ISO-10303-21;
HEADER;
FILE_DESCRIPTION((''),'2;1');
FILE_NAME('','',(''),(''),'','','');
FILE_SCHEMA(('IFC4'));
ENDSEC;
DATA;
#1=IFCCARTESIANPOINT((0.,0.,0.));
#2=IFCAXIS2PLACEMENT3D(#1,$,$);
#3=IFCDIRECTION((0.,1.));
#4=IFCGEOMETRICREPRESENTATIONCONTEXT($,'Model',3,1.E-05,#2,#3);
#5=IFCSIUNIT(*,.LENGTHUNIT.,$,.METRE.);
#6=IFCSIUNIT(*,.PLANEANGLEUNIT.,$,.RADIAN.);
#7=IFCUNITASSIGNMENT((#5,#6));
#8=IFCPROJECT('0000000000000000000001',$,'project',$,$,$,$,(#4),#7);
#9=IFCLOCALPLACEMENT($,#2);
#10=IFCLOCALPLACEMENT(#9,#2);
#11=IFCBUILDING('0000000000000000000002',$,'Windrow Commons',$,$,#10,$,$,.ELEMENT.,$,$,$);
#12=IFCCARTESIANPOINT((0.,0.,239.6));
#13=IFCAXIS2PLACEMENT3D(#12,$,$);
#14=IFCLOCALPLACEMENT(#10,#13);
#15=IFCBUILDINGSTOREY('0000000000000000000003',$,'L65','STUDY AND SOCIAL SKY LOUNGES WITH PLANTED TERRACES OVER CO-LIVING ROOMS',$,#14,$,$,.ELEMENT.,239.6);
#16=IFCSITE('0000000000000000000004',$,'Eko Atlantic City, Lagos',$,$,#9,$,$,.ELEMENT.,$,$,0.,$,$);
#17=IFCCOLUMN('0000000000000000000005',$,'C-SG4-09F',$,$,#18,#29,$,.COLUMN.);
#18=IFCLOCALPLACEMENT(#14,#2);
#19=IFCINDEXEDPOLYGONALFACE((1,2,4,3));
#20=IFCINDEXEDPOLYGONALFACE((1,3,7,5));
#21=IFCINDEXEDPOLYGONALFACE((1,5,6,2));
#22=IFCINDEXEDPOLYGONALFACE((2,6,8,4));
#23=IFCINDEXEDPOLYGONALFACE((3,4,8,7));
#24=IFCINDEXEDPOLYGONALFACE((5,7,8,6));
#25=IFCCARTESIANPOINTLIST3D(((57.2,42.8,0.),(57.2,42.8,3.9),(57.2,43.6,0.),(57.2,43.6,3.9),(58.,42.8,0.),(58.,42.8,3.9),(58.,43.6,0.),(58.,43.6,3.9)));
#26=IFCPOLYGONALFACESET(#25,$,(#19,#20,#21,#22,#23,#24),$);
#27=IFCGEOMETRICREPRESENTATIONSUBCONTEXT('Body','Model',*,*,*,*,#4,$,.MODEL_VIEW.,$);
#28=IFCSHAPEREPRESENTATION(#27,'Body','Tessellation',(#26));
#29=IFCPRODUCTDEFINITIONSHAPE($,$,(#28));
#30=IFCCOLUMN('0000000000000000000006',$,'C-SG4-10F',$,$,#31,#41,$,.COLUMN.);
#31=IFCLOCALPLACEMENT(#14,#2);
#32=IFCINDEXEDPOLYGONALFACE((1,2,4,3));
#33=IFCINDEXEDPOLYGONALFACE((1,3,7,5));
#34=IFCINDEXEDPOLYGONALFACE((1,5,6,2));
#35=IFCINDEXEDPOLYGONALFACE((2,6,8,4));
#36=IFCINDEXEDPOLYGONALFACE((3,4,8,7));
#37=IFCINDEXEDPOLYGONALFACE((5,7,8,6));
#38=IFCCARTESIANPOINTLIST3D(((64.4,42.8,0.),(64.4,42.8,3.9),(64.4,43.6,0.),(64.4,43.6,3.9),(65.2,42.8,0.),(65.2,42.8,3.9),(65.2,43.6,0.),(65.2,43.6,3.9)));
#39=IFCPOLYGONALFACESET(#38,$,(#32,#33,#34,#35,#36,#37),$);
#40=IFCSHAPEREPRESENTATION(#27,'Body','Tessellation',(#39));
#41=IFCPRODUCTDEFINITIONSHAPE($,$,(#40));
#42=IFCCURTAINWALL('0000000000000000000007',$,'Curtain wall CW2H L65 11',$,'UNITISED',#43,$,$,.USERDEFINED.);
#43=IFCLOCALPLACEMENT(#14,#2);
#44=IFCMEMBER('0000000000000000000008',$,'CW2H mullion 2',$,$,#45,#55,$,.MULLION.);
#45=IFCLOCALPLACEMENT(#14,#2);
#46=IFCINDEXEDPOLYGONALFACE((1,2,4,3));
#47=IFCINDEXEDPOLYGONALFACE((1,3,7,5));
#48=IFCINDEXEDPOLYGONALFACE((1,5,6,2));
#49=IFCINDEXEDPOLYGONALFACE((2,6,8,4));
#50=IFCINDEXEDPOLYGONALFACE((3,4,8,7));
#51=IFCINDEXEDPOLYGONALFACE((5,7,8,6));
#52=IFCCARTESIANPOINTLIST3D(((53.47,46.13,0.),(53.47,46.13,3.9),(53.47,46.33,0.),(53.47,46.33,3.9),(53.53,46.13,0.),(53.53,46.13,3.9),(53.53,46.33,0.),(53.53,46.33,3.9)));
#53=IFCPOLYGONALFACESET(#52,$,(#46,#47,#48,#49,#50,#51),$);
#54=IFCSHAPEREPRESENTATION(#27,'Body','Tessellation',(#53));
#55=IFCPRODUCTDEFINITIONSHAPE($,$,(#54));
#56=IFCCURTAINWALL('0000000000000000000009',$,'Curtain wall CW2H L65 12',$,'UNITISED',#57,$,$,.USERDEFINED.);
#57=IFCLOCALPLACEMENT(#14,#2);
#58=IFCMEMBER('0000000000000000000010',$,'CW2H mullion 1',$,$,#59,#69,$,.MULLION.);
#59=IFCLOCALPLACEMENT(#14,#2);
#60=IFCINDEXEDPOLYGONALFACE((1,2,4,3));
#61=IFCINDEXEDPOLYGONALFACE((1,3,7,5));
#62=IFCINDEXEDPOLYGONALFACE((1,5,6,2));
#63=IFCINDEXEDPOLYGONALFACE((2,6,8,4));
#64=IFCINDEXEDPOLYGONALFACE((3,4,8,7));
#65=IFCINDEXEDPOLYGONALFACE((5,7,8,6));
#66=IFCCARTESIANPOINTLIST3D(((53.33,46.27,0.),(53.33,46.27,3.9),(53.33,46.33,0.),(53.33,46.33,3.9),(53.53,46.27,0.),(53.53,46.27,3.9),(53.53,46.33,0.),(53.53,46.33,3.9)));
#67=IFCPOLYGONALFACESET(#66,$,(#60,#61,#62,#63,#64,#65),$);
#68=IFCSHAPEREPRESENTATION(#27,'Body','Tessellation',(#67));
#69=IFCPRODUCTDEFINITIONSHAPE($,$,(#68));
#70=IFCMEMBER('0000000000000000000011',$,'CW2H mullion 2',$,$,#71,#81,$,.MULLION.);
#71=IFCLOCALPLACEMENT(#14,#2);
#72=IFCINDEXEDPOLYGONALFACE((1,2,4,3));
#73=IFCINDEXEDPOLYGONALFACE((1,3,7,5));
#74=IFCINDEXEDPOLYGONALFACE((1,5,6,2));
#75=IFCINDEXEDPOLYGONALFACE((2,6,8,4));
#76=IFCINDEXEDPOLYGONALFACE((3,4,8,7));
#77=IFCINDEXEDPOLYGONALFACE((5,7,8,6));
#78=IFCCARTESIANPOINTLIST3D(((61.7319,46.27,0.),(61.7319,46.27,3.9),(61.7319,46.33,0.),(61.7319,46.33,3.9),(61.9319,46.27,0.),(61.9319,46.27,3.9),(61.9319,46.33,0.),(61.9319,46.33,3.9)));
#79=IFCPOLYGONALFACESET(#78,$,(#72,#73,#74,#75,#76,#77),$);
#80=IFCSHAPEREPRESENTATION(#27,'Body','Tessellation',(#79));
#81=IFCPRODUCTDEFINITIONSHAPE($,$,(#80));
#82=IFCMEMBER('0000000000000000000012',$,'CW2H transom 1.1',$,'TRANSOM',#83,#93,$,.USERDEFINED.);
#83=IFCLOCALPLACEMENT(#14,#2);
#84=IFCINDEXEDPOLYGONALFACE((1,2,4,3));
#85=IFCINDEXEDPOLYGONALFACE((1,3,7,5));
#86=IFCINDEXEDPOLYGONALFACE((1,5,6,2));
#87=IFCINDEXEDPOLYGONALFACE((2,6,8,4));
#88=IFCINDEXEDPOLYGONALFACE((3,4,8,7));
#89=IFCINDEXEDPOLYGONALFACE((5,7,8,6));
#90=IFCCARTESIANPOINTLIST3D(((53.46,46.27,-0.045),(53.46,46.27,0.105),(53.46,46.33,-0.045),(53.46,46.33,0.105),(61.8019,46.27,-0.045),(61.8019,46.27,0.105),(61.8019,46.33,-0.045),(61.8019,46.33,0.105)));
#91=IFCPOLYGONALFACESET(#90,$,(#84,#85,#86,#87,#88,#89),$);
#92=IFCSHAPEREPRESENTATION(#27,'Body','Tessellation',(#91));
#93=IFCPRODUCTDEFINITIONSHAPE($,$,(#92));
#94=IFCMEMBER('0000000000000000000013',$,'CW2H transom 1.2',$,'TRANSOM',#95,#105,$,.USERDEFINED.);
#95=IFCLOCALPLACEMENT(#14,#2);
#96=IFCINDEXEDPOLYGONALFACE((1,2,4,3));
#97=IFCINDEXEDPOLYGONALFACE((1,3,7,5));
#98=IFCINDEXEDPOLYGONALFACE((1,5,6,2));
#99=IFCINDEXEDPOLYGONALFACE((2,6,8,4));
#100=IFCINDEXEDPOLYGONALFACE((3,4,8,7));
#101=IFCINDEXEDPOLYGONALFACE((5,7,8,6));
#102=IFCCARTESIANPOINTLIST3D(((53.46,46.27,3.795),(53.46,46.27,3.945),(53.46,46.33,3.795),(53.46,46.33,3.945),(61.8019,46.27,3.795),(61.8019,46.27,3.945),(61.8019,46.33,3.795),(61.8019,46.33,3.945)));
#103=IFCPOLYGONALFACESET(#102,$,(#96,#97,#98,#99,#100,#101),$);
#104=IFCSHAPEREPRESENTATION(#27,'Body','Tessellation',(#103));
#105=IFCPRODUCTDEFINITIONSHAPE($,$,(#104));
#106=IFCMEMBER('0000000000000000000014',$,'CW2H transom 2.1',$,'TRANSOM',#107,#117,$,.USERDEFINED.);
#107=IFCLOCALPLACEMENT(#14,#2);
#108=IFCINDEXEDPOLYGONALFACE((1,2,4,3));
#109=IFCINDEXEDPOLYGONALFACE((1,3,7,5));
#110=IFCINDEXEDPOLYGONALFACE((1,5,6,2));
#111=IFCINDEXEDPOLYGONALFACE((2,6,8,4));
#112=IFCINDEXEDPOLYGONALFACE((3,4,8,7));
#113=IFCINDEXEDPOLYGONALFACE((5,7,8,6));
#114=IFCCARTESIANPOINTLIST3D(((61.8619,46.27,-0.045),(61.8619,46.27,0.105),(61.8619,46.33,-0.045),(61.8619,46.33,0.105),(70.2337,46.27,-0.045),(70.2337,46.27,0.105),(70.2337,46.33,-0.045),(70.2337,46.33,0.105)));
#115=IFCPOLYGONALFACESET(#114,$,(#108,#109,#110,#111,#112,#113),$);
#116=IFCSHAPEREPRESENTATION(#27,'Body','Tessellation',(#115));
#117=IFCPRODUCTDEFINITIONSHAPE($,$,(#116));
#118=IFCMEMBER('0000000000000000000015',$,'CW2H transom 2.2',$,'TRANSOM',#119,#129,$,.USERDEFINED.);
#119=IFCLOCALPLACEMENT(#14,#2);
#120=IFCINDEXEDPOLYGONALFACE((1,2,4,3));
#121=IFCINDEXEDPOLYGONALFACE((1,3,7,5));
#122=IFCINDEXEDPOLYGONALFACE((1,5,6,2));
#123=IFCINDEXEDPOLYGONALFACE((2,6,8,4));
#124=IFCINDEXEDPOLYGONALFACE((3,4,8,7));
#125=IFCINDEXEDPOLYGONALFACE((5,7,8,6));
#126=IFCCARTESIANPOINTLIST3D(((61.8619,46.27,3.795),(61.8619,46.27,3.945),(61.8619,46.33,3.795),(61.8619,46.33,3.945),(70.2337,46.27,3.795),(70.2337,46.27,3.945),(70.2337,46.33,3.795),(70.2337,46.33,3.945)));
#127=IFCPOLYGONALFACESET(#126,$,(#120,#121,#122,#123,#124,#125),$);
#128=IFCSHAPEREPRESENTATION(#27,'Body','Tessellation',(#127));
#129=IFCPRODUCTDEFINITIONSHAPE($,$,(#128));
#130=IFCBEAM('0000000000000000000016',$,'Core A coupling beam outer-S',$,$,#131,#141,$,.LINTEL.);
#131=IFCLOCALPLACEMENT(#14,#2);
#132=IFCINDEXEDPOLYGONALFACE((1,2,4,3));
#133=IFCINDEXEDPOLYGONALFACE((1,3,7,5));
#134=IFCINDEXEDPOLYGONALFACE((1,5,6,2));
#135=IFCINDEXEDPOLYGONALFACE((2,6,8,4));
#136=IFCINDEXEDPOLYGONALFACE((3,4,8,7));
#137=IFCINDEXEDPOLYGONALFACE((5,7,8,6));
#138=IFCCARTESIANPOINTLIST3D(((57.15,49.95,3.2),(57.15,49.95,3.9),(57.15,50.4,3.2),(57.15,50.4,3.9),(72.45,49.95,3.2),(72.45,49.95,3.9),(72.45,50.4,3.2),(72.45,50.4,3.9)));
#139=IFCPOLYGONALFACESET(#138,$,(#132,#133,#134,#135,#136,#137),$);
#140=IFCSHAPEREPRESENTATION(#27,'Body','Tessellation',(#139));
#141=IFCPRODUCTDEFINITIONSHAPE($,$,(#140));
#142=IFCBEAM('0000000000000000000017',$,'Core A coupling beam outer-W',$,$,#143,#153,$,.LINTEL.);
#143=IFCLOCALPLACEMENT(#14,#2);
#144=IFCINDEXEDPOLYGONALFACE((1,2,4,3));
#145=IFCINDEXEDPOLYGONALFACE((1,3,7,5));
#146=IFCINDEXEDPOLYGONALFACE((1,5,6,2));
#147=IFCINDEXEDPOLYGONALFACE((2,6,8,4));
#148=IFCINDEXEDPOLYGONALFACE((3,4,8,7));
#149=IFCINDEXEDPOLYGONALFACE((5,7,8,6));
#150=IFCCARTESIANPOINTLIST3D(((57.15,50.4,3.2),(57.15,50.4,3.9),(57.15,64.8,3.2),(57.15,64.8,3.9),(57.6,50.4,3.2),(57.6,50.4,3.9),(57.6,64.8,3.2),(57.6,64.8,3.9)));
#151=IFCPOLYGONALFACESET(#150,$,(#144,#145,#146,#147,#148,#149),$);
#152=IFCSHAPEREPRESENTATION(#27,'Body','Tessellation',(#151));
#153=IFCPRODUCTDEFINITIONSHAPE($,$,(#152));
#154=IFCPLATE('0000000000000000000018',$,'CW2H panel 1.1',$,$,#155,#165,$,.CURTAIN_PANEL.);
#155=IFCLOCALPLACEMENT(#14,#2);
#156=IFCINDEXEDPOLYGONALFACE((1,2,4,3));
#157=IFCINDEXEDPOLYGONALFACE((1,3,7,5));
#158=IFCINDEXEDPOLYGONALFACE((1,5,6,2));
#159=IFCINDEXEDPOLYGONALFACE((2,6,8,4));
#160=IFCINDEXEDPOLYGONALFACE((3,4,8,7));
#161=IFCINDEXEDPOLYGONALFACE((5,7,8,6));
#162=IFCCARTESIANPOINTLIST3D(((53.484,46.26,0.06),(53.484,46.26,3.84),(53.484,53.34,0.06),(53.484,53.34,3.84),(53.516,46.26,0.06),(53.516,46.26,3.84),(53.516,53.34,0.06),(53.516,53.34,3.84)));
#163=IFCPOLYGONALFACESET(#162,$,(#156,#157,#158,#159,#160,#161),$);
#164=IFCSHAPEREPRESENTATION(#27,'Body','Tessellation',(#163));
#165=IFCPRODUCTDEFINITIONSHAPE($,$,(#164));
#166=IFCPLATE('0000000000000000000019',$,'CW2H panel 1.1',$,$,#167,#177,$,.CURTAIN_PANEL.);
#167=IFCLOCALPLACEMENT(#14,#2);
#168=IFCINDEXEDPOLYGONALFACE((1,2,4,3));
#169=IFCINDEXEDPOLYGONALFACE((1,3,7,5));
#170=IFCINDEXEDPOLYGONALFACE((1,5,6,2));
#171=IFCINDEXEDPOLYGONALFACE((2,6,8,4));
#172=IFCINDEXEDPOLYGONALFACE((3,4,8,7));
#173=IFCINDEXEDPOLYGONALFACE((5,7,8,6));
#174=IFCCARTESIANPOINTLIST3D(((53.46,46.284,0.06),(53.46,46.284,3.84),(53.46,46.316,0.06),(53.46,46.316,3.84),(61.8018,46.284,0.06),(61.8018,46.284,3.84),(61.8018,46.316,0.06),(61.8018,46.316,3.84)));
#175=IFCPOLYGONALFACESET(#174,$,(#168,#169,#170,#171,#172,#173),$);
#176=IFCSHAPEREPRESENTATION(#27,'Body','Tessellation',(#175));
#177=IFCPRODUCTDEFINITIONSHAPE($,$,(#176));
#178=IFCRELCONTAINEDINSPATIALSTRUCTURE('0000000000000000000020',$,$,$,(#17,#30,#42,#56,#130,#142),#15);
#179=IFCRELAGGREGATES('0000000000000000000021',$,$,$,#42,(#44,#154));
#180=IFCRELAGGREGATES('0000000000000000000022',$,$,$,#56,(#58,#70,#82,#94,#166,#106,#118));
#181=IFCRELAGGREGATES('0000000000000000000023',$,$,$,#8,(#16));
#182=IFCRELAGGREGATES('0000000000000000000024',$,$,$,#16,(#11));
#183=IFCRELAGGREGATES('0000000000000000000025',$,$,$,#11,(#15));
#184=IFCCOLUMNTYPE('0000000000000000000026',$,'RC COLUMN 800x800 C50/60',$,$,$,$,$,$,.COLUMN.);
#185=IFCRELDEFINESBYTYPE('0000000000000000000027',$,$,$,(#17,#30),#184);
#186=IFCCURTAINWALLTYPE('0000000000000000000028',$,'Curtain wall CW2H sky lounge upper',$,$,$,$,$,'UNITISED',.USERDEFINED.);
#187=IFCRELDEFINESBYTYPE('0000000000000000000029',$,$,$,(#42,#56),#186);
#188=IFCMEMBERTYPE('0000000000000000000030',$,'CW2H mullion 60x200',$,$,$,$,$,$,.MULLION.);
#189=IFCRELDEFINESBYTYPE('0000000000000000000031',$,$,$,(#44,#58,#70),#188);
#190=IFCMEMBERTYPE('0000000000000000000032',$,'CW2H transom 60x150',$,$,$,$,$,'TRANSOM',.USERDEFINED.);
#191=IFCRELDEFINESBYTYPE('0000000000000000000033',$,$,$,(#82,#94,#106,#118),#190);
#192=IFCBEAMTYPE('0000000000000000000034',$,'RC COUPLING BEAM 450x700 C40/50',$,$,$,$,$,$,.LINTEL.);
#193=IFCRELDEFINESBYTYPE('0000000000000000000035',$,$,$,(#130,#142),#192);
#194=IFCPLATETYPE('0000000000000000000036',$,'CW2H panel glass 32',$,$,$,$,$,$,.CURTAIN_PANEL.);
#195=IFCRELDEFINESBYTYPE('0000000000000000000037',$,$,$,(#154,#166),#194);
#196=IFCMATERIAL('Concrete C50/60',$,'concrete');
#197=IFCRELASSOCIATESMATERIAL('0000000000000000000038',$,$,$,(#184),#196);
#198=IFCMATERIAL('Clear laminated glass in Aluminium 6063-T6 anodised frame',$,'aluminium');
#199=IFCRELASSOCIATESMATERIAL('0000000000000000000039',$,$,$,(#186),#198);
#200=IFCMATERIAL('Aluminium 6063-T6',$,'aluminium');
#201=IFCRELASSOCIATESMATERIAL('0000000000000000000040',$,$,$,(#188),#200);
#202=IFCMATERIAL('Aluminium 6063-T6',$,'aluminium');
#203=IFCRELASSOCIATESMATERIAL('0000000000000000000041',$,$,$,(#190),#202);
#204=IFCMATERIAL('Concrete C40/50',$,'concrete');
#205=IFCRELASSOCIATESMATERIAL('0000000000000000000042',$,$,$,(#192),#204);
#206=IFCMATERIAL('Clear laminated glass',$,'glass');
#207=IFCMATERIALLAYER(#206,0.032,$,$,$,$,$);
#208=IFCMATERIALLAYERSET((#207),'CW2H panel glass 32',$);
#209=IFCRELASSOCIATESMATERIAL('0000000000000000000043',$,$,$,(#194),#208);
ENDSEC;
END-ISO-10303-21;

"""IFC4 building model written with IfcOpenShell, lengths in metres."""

from ifc_helpers import new_model, si_unit, direction, frame, origin, origin_2d, place, context, subcontext, project, spatial, rectangle, extrude, material, layer, layer_set, material_profile, profile_set, type_object, element, aggregate, save


model = new_model("IFC4")

# Units and contexts
model_context = context("Model", 3, precision=1e-05, world=origin(), true_north=direction((0.0, 1.0)))
body_context = subcontext(model_context, "Body", "Model", "MODEL_VIEW")
ifc_project = project(units=[si_unit("LENGTHUNIT", "METRE"), si_unit("PLANEANGLEUNIT", "RADIAN")], contexts=[model_context])

# Site, building, storey
site_placement = place(None, origin())
site = spatial("IfcSite", under=ifc_project, at=site_placement, Name="Eko Atlantic City, Lagos", CompositionType="ELEMENT", RefElevation=0.0)
building_placement = place(site_placement, origin())
building = spatial("IfcBuilding", under=site, at=building_placement, Name="Windrow Commons", CompositionType="ELEMENT")
storey_placement = place(building_placement, frame((0.0, 0.0, 239.6)))
storey = spatial("IfcBuildingStorey", under=building, at=storey_placement, Name="L65", Description="STUDY AND SOCIAL SKY LOUNGES WITH PLANTED TERRACES OVER CO-LIVING ROOMS", CompositionType="ELEMENT", Elevation=239.6)

# Columns
ifc_material_1 = material(Name="Concrete C50/60", Category="concrete")
ifc_material_profile_1 = material_profile(ifc_material_1, rectangle(XDim=0.8, YDim=0.8, at=origin_2d()))
ifc_profile_set_1 = profile_set([ifc_material_profile_1], Name="Concrete C50/60")
column_type = type_object("IfcColumnType", Name="RC COLUMN 800x800 C50/60", PredefinedType="COLUMN", material=ifc_profile_set_1)
for number, where, z_axis, x_axis, name in (
    (1, (57.6, 43.2, 0.0), (0.0, 0.0, 1.0), (1.0, 0.0, 0.0), "C-SG4-09F"),
    (2, (64.8, 43.2, 0.0), (0.0, 0.0, 1.0), (1.0, 0.0, 0.0), "C-SG4-10F"),
):
    element("IfcColumn", number, at=place(storey_placement, frame(where, z_axis=z_axis, x_axis=x_axis)), inside=storey, type_object=column_type, Name=name, PredefinedType="COLUMN", context=body_context, shape_type="SweptSolid", body=[
        extrude(rectangle(XDim=0.8, YDim=0.8, at=origin_2d()), origin(), (0.0, 0.0, 1.0), 3.9),
    ])

# Curtain wall, member
ifc_material_2 = material(Name="Clear laminated glass in Aluminium 6063-T6 anodised frame", Category="aluminium")
curtain_wall_type = type_object("IfcCurtainWallType", Name="Curtain wall CW2H sky lounge upper", ElementType="UNITISED", PredefinedType="USERDEFINED", material=ifc_material_2)
placement = place(storey_placement, origin())
curtain_wall_1 = element("IfcCurtainWall", 3, at=placement, inside=storey, type_object=curtain_wall_type, Name="Curtain wall CW2H L65 11", ObjectType="UNITISED", PredefinedType="USERDEFINED")
ifc_material_3 = material(Name="Aluminium 6063-T6", Category="aluminium")
ifc_material_profile_2 = material_profile(ifc_material_3, rectangle(XDim=0.06, YDim=0.2, at=origin_2d()))
ifc_profile_set_2 = profile_set([ifc_material_profile_2], Name="Aluminium 6063-T6")
member_type_1 = type_object("IfcMemberType", Name="CW2H mullion 60x200", PredefinedType="MULLION", material=ifc_profile_set_2)
member_1_placement = place(storey_placement, frame((53.5, 46.23, 0.0), z_axis=(0.0, 0.0, 1.0), x_axis=(1.0, 0.0, 0.0)))
member_1 = element("IfcMember", 4, at=member_1_placement, type_object=member_type_1, Name="CW2H mullion 2", PredefinedType="MULLION", context=body_context, shape_type="SweptSolid", body=[
    extrude(rectangle(XDim=0.06, YDim=0.2, at=origin_2d()), origin(), (0.0, 0.0, 1.0), 3.9),
])

# Curtain wall, members
curtain_wall_2 = element("IfcCurtainWall", 5, at=placement, inside=storey, type_object=curtain_wall_type, Name="Curtain wall CW2H L65 12", ObjectType="UNITISED", PredefinedType="USERDEFINED")
member_2_placement = place(storey_placement, frame((53.43, 46.3, 0.0), z_axis=(0.0, 0.0, 1.0), x_axis=(0.0, 1.0, 0.0)))
member_2 = element("IfcMember", 6, at=member_2_placement, type_object=member_type_1, Name="CW2H mullion 1", PredefinedType="MULLION", context=body_context, shape_type="SweptSolid", body=[
    extrude(rectangle(XDim=0.06, YDim=0.2, at=origin_2d()), origin(), (0.0, 0.0, 1.0), 3.9),
])
member_3_placement = place(storey_placement, frame((61.8319, 46.3, 0.0), z_axis=(0.0, 0.0, 1.0), x_axis=(0.0, 1.0, 0.0)))
member_3 = element("IfcMember", 7, at=member_3_placement, type_object=member_type_1, Name="CW2H mullion 2", PredefinedType="MULLION", context=body_context, shape_type="SweptSolid", body=[
    extrude(rectangle(XDim=0.06, YDim=0.2, at=origin_2d()), origin(), (0.0, 0.0, 1.0), 3.9),
])
ifc_material_4 = material(Name="Aluminium 6063-T6", Category="aluminium")
ifc_material_profile_3 = material_profile(ifc_material_4, rectangle(XDim=0.06, YDim=0.15, at=origin_2d()))
ifc_profile_set_3 = profile_set([ifc_material_profile_3], Name="Aluminium 6063-T6")
member_type_2 = type_object("IfcMemberType", Name="CW2H transom 60x150", ElementType="TRANSOM", PredefinedType="USERDEFINED", material=ifc_profile_set_3)
member_4_placement = place(storey_placement, frame((53.46, 46.3, 0.03), z_axis=(1.0, 0.0, 0.0), x_axis=(0.0, 1.0, 0.0)))
member_4 = element("IfcMember", 8, at=member_4_placement, type_object=member_type_2, Name="CW2H transom 1.1", ObjectType="TRANSOM", PredefinedType="USERDEFINED", context=body_context, shape_type="SweptSolid", body=[
    extrude(rectangle(XDim=0.06, YDim=0.15, at=origin_2d()), origin(), (0.0, 0.0, 1.0), 8.3419),
])
member_5_placement = place(storey_placement, frame((53.46, 46.3, 3.87), z_axis=(1.0, 0.0, 0.0), x_axis=(0.0, 1.0, 0.0)))
member_5 = element("IfcMember", 9, at=member_5_placement, type_object=member_type_2, Name="CW2H transom 1.2", ObjectType="TRANSOM", PredefinedType="USERDEFINED", context=body_context, shape_type="SweptSolid", body=[
    extrude(rectangle(XDim=0.06, YDim=0.15, at=origin_2d()), origin(), (0.0, 0.0, 1.0), 8.3419),
])
member_6_placement = place(storey_placement, frame((61.8619, 46.3, 0.03), z_axis=(1.0, 0.0, 0.0), x_axis=(0.0, 1.0, 0.0)))
member_6 = element("IfcMember", 10, at=member_6_placement, type_object=member_type_2, Name="CW2H transom 2.1", ObjectType="TRANSOM", PredefinedType="USERDEFINED", context=body_context, shape_type="SweptSolid", body=[
    extrude(rectangle(XDim=0.06, YDim=0.15, at=origin_2d()), origin(), (0.0, 0.0, 1.0), 8.3718),
])
member_7_placement = place(storey_placement, frame((61.8619, 46.3, 3.87), z_axis=(1.0, 0.0, 0.0), x_axis=(0.0, 1.0, 0.0)))
member_7 = element("IfcMember", 11, at=member_7_placement, type_object=member_type_2, Name="CW2H transom 2.2", ObjectType="TRANSOM", PredefinedType="USERDEFINED", context=body_context, shape_type="SweptSolid", body=[
    extrude(rectangle(XDim=0.06, YDim=0.15, at=origin_2d()), origin(), (0.0, 0.0, 1.0), 8.3718),
])

# Beams
ifc_material_5 = material(Name="Concrete C40/50", Category="concrete")
ifc_material_profile_4 = material_profile(ifc_material_5, rectangle(XDim=0.45, YDim=0.7, at=origin_2d()))
ifc_profile_set_4 = profile_set([ifc_material_profile_4], Name="Concrete C40/50")
beam_type = type_object("IfcBeamType", Name="RC COUPLING BEAM 450x700 C40/50", PredefinedType="LINTEL", material=ifc_profile_set_4)
beam_1_placement = place(storey_placement, frame((57.15, 50.175, 3.55), z_axis=(1.0, 0.0, 0.0), x_axis=(0.0, 1.0, 0.0)))
element("IfcBeam", 12, at=beam_1_placement, inside=storey, type_object=beam_type, Name="Core A coupling beam outer-S", PredefinedType="LINTEL", context=body_context, shape_type="SweptSolid", body=[
    extrude(rectangle(XDim=0.45, YDim=0.7, at=origin_2d()), origin(), (0.0, 0.0, 1.0), 15.3),
])
beam_2_placement = place(storey_placement, frame((57.375, 50.4, 3.55), z_axis=(0.0, 1.0, 0.0), x_axis=(-1.0, 0.0, 0.0)))
element("IfcBeam", 13, at=beam_2_placement, inside=storey, type_object=beam_type, Name="Core A coupling beam outer-W", PredefinedType="LINTEL", context=body_context, shape_type="SweptSolid", body=[
    extrude(rectangle(XDim=0.45, YDim=0.7, at=origin_2d()), origin(), (0.0, 0.0, 1.0), 14.4),
])

# Plates
ifc_material_6 = material(Name="Clear laminated glass", Category="glass")
ifc_layer_1 = layer(ifc_material_6, 0.032)
ifc_layer_set_1 = layer_set([ifc_layer_1], Name="CW2H panel glass 32")
plate_type = type_object("IfcPlateType", Name="CW2H panel glass 32", PredefinedType="CURTAIN_PANEL", material=ifc_layer_set_1)
plate_1_placement = place(storey_placement, frame((53.5, 49.8, 0.06), z_axis=(0.0, 0.0, 1.0), x_axis=(0.0, -1.0, 0.0)))
plate_1 = element("IfcPlate", 14, at=plate_1_placement, type_object=plate_type, Name="CW2H panel 1.1", PredefinedType="CURTAIN_PANEL", context=body_context, shape_type="SweptSolid", body=[
    extrude(rectangle(XDim=7.08, YDim=0.032, at=origin_2d()), origin(), (0.0, 0.0, 1.0), 3.78),
])
aggregate(curtain_wall_1, [member_1, plate_1])
plate_2_placement = place(storey_placement, frame((57.6309, 46.3, 0.06), z_axis=(0.0, 0.0, 1.0), x_axis=(1.0, 0.0, 0.0)))
plate_2 = element("IfcPlate", 15, at=plate_2_placement, type_object=plate_type, Name="CW2H panel 1.1", PredefinedType="CURTAIN_PANEL", context=body_context, shape_type="SweptSolid", body=[
    extrude(rectangle(XDim=8.3419, YDim=0.032, at=origin_2d()), origin(), (0.0, 0.0, 1.0), 3.78),
])
aggregate(curtain_wall_2, [member_2, member_3, member_4, member_5, plate_2, member_6, member_7])

save(model, "model.ifc")
